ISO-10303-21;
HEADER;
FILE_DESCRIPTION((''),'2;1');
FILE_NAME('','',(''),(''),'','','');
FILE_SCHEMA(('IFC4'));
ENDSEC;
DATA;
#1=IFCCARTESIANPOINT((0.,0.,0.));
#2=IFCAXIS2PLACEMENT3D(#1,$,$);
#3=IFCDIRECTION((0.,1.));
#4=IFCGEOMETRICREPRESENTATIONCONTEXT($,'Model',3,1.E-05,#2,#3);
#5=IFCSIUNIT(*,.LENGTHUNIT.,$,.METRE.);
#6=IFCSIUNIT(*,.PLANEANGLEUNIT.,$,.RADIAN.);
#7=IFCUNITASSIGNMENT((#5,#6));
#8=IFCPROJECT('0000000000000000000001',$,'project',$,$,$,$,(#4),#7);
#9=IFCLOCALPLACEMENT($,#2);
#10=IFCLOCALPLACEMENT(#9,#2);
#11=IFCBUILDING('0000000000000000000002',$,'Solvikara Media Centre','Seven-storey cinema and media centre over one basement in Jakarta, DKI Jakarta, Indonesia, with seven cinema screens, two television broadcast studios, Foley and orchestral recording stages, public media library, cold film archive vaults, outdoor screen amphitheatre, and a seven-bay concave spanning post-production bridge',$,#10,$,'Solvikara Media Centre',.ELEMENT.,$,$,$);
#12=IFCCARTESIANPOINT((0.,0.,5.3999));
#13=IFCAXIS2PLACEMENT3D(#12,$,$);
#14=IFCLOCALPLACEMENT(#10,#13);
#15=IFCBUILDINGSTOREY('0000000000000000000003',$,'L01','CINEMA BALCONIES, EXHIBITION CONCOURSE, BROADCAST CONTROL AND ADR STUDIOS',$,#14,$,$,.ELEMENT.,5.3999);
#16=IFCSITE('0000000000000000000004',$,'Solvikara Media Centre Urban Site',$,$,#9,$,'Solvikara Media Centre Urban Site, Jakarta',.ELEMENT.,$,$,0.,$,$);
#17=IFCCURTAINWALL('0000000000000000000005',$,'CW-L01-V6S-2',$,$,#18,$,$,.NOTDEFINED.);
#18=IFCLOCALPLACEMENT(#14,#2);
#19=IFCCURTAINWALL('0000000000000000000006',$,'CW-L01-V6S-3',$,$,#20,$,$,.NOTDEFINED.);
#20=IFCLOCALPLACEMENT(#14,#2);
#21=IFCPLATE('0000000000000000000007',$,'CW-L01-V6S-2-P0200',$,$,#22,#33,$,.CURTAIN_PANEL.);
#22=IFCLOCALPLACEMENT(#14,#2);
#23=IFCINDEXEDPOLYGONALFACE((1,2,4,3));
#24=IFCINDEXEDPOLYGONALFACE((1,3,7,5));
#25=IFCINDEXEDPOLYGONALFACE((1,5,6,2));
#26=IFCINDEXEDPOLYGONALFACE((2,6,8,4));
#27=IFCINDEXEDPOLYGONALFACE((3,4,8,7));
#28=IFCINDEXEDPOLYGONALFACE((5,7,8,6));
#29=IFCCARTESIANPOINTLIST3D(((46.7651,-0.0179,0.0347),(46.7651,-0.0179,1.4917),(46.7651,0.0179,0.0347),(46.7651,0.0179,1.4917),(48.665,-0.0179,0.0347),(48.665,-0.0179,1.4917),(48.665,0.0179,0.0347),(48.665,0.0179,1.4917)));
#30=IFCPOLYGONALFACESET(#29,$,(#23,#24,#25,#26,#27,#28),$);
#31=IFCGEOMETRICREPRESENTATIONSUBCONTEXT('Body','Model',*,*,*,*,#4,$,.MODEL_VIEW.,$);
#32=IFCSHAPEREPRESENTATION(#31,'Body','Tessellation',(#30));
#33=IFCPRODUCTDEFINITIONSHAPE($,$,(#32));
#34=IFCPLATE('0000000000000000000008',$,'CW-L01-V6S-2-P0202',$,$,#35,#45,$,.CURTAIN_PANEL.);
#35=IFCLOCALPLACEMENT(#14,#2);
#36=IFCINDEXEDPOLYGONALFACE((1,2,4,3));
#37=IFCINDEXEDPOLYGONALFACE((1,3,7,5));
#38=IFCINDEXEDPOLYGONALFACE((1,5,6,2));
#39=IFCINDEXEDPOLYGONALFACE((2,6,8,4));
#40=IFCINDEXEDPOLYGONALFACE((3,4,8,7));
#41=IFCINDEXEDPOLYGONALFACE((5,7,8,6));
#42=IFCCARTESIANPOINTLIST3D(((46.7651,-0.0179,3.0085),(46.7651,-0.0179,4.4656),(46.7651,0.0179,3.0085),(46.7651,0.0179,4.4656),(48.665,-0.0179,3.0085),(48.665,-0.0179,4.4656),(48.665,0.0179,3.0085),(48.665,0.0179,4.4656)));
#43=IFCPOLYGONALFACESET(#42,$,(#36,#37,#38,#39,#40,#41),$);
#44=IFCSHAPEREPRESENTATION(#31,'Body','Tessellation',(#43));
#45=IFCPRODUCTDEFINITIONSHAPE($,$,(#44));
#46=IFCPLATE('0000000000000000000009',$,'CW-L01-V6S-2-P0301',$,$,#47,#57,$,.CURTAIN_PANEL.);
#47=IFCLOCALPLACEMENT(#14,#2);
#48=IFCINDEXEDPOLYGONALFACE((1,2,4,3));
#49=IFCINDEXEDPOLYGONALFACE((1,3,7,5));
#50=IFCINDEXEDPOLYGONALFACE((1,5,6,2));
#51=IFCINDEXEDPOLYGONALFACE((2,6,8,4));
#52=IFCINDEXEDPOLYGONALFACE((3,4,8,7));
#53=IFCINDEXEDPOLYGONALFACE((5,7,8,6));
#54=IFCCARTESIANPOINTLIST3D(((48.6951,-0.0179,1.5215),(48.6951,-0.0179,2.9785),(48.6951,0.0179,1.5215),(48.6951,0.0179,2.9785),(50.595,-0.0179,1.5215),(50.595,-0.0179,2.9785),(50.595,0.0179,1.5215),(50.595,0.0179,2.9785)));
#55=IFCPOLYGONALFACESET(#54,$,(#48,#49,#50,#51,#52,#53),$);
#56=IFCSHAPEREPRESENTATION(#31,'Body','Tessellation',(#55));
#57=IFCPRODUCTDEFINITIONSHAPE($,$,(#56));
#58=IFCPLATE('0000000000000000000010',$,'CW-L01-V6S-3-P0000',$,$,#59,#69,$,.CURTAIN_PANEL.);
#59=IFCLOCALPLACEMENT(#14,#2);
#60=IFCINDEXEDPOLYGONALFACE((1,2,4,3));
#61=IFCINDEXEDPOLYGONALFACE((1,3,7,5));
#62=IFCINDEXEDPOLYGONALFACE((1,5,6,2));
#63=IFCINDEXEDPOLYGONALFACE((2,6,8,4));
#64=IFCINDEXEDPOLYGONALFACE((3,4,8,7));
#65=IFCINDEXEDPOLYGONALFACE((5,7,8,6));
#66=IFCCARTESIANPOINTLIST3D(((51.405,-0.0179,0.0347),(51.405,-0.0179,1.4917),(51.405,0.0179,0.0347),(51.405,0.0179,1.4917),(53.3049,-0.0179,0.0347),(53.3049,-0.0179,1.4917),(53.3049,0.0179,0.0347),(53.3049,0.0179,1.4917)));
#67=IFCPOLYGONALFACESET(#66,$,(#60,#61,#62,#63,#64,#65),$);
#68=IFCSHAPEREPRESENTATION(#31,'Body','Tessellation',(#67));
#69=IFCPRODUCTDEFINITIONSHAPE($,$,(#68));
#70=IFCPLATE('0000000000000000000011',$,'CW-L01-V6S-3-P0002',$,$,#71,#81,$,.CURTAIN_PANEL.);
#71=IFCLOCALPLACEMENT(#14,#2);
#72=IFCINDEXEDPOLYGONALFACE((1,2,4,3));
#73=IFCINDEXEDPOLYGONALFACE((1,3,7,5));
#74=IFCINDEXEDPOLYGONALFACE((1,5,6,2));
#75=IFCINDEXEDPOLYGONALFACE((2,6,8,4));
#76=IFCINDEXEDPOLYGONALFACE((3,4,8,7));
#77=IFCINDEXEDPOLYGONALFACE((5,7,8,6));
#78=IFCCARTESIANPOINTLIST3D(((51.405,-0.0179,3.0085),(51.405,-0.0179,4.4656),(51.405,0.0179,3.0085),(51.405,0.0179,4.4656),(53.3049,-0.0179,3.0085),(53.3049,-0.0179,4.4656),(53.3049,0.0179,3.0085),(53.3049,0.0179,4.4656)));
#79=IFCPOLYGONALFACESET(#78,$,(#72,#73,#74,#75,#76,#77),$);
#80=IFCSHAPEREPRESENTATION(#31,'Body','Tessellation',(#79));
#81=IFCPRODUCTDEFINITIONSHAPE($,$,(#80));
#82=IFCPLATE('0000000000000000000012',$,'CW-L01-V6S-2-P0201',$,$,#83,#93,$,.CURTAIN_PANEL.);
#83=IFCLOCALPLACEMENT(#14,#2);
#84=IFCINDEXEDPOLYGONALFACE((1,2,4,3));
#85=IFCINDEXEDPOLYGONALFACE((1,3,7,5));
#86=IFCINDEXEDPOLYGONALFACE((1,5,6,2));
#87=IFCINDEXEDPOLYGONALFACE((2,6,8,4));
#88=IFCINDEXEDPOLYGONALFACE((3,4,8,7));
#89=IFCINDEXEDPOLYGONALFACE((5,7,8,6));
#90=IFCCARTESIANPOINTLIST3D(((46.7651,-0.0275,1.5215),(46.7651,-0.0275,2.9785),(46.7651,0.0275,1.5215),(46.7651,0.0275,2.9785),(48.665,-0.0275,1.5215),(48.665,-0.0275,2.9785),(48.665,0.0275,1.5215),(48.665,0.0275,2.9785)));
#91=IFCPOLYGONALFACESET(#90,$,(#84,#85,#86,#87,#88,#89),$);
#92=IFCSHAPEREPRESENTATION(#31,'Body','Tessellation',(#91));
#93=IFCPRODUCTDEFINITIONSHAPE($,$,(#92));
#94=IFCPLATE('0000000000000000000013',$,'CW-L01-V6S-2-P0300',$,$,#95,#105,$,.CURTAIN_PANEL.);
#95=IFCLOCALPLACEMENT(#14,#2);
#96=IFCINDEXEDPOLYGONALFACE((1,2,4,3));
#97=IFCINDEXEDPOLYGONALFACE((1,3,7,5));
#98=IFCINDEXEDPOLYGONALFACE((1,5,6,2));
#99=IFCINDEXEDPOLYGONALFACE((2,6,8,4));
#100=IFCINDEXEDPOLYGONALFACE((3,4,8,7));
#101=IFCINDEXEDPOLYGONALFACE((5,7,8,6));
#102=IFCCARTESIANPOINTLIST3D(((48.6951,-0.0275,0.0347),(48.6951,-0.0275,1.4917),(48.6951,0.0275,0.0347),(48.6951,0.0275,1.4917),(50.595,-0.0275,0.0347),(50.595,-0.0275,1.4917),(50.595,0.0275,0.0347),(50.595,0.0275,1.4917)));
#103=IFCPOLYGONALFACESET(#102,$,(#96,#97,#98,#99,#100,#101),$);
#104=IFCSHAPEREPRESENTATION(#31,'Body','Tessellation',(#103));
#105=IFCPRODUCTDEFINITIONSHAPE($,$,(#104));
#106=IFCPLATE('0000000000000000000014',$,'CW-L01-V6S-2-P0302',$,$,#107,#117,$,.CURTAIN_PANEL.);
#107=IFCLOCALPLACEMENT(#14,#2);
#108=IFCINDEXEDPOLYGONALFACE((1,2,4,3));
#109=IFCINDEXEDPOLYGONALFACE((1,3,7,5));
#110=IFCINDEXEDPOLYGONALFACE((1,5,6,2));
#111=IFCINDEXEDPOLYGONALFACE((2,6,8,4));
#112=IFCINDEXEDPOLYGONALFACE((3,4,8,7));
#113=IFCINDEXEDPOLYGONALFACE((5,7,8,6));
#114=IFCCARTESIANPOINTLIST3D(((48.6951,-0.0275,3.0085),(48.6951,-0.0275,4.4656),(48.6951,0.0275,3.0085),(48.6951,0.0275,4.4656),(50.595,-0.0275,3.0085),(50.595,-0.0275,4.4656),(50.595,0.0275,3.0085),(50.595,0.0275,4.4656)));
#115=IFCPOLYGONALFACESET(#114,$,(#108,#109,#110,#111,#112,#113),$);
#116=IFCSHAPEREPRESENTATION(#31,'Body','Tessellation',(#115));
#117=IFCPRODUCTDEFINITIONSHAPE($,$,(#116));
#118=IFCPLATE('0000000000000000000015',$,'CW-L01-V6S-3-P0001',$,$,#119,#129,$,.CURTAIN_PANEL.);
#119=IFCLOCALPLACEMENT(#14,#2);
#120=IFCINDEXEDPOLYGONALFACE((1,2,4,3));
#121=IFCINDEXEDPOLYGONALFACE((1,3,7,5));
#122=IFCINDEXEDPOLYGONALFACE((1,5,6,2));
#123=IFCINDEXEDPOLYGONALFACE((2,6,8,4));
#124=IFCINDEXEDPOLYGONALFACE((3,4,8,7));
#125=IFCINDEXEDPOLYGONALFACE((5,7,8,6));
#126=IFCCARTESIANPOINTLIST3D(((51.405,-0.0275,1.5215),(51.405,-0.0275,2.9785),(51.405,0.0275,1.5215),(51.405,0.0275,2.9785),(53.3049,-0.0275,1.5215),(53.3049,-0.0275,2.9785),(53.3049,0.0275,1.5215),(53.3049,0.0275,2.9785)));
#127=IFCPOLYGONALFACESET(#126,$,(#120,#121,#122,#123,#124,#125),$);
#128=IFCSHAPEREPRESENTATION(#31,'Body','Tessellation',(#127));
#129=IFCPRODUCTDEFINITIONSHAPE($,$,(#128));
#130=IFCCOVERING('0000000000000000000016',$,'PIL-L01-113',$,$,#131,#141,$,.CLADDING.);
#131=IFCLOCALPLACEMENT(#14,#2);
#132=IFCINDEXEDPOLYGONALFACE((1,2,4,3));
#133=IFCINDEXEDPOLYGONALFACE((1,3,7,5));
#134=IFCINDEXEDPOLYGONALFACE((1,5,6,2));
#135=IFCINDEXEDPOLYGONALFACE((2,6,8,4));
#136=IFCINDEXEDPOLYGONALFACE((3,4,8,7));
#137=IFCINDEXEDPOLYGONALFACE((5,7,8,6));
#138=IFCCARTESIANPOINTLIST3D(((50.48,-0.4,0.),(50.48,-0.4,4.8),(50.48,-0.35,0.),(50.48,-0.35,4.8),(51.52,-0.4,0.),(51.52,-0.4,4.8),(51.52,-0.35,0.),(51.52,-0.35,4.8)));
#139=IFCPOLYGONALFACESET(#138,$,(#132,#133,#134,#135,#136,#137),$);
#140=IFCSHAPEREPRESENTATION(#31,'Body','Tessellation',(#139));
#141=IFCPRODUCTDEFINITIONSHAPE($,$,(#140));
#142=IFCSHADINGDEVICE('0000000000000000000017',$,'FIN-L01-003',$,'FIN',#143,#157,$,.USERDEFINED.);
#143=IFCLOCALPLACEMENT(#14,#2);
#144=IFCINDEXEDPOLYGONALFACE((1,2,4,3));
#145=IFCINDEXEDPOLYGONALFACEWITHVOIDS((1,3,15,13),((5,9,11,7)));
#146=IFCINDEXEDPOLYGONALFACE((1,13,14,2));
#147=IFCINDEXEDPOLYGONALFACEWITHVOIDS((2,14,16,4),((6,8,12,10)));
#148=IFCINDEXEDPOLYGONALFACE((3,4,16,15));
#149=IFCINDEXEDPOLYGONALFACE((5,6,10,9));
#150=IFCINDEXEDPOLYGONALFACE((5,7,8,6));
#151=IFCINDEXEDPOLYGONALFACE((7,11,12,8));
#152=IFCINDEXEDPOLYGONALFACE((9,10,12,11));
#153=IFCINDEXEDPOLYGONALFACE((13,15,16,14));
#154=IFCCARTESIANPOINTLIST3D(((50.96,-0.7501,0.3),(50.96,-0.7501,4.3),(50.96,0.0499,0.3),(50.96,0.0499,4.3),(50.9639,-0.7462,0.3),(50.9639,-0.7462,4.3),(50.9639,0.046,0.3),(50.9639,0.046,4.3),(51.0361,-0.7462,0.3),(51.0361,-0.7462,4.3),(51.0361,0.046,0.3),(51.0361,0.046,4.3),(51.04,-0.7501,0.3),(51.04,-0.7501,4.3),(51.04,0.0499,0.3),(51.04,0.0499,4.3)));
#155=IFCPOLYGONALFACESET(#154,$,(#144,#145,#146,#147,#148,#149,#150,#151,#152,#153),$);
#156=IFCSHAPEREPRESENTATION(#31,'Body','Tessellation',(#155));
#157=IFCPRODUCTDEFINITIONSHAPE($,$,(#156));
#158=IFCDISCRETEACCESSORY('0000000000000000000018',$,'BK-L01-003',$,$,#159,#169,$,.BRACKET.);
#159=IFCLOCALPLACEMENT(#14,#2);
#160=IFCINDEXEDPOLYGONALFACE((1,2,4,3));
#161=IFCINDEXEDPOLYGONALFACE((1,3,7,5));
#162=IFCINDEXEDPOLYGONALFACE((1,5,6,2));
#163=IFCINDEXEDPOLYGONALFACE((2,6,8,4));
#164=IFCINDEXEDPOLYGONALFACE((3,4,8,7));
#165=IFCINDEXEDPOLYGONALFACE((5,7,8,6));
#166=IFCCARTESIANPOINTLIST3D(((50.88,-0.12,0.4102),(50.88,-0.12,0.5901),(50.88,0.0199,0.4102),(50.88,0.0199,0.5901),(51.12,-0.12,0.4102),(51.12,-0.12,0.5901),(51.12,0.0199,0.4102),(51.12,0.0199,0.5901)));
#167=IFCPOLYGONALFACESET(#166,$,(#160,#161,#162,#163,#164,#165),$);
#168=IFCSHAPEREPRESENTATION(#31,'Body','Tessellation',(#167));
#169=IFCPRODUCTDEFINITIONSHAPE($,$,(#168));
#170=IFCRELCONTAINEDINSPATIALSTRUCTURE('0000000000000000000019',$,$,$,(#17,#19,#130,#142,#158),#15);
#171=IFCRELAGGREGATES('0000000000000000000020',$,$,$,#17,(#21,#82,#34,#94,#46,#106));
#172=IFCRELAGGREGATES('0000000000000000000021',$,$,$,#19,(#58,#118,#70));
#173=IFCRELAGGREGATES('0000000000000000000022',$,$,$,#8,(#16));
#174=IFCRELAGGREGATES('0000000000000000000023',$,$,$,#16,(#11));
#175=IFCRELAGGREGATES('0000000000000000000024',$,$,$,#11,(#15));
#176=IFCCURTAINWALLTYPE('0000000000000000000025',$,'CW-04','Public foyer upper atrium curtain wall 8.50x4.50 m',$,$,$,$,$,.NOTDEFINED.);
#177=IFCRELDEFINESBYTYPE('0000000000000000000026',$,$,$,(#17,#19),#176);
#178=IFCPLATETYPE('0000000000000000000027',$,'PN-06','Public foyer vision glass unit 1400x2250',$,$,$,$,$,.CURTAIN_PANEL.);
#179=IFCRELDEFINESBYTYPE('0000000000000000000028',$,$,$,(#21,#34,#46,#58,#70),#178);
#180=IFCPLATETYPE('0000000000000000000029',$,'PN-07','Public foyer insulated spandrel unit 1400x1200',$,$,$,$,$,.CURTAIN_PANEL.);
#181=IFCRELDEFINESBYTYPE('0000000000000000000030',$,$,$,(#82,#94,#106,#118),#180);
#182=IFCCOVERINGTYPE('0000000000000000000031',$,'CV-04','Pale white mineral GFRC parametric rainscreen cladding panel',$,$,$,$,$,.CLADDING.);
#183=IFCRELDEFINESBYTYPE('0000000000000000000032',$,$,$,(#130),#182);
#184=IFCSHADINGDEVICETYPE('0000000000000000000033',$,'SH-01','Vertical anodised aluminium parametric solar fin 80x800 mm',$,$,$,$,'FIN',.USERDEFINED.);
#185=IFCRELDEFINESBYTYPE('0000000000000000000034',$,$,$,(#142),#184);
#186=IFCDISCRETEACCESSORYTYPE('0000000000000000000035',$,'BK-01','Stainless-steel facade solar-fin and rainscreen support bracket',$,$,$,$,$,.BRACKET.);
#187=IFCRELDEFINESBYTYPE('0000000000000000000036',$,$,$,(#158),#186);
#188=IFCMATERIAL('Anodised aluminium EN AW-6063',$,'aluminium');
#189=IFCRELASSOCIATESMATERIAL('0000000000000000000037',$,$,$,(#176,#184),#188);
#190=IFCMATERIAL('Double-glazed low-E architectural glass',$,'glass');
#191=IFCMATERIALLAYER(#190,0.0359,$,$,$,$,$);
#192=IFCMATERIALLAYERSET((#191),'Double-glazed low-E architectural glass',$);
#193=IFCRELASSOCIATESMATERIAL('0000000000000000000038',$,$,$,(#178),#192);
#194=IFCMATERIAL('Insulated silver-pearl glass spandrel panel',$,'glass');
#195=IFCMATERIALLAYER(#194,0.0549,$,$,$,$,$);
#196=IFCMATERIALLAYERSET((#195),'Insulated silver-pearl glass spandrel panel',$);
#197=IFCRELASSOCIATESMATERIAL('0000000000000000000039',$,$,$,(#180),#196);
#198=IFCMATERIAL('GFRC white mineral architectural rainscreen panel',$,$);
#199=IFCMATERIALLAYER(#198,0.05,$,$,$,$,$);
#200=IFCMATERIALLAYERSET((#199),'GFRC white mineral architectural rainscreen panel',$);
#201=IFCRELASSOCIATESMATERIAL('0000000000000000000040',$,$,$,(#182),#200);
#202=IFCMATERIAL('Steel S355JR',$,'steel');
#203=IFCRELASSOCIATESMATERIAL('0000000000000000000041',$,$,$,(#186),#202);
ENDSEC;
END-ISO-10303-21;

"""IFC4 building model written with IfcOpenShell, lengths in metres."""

from ifc_helpers import new_model, si_unit, direction, frame, origin, origin_2d, place, context, subcontext, project, spatial, rectangle, hollow_rectangle, extrude, material, layer, layer_set, material_profile, profile_set, type_object, element, aggregate, save


model = new_model("IFC4")

# Units and contexts
model_context = context("Model", 3, precision=1e-05, world=origin(), true_north=direction((0.0, 1.0)))
body_context = subcontext(model_context, "Body", "Model", "MODEL_VIEW")
ifc_project = project(units=[si_unit("LENGTHUNIT", "METRE"), si_unit("PLANEANGLEUNIT", "RADIAN")], contexts=[model_context])

# Site, building, storey
site_placement = place(None, origin())
site = spatial("IfcSite", under=ifc_project, at=site_placement, Name="Solvikara Media Centre Urban Site", LongName="Solvikara Media Centre Urban Site, Jakarta", CompositionType="ELEMENT", RefElevation=0.0)
building_placement = place(site_placement, origin())
building = spatial("IfcBuilding", under=site, at=building_placement, Name="Solvikara Media Centre", Description="Seven-storey cinema and media centre over one basement in Jakarta, DKI Jakarta, Indonesia, with seven cinema screens, two television broadcast studios, Foley and orchestral recording stages, public media library, cold film archive vaults, outdoor screen amphitheatre, and a seven-bay concave spanning post-production bridge", LongName="Solvikara Media Centre", CompositionType="ELEMENT")
storey_placement = place(building_placement, frame((0.0, 0.0, 5.3999)))
storey = spatial("IfcBuildingStorey", under=building, at=storey_placement, Name="L01", Description="CINEMA BALCONIES, EXHIBITION CONCOURSE, BROADCAST CONTROL AND ADR STUDIOS", CompositionType="ELEMENT", Elevation=5.3999)

# Shared definitions
ifc_material_1 = material(Name="Steel S355JR", Category="steel")

# Curtain walls
ifc_material_2 = material(Name="Anodised aluminium EN AW-6063", Category="aluminium")
curtain_wall_type = type_object("IfcCurtainWallType", Name="CW-04", Description="Public foyer upper atrium curtain wall 8.50x4.50 m", PredefinedType="NOTDEFINED", material=ifc_material_2)
curtain_wall_1_placement = place(storey_placement, origin())
curtain_wall_1 = element("IfcCurtainWall", 1, at=curtain_wall_1_placement, inside=storey, type_object=curtain_wall_type, Name="CW-L01-V6S-2", PredefinedType="NOTDEFINED")
curtain_wall_2_placement = place(storey_placement, origin())
curtain_wall_2 = element("IfcCurtainWall", 2, at=curtain_wall_2_placement, inside=storey, type_object=curtain_wall_type, Name="CW-L01-V6S-3", PredefinedType="NOTDEFINED")

# Plates
ifc_material_3 = material(Name="Double-glazed low-E architectural glass", Category="glass")
ifc_layer_1 = layer(ifc_material_3, 0.0359)
ifc_layer_set_1 = layer_set([ifc_layer_1], Name="Double-glazed low-E architectural glass")
plate_type_1 = type_object("IfcPlateType", Name="PN-06", Description="Public foyer vision glass unit 1400x2250", PredefinedType="CURTAIN_PANEL", material=ifc_layer_set_1)
plate_1_placement = place(storey_placement, frame((47.7151, 0.0, 0.0347), z_axis=(0.0, 0.0, 1.0), x_axis=(1.0, 0.0, 0.0)))
plate_1 = element("IfcPlate", 3, at=plate_1_placement, type_object=plate_type_1, Name="CW-L01-V6S-2-P0200", PredefinedType="CURTAIN_PANEL", context=body_context, shape_type="SweptSolid", body=[
    extrude(rectangle(XDim=1.8999, YDim=0.0359, at=origin_2d()), origin(), (0.0, 0.0, 1.0), 1.457),
])
plate_2_placement = place(storey_placement, frame((47.7151, 0.0, 3.0085), z_axis=(0.0, 0.0, 1.0), x_axis=(1.0, 0.0, 0.0)))
plate_2 = element("IfcPlate", 4, at=plate_2_placement, type_object=plate_type_1, Name="CW-L01-V6S-2-P0202", PredefinedType="CURTAIN_PANEL", context=body_context, shape_type="SweptSolid", body=[
    extrude(rectangle(XDim=1.8999, YDim=0.0359, at=origin_2d()), origin(), (0.0, 0.0, 1.0), 1.457),
])
plate_3_placement = place(storey_placement, frame((49.645, 0.0, 1.5215), z_axis=(0.0, 0.0, 1.0), x_axis=(1.0, 0.0, 0.0)))
plate_3 = element("IfcPlate", 5, at=plate_3_placement, type_object=plate_type_1, Name="CW-L01-V6S-2-P0301", PredefinedType="CURTAIN_PANEL", context=body_context, shape_type="SweptSolid", body=[
    extrude(rectangle(XDim=1.8999, YDim=0.0359, at=origin_2d()), origin(), (0.0, 0.0, 1.0), 1.457),
])
plate_4_placement = place(storey_placement, frame((52.355, 0.0, 0.0347), z_axis=(0.0, 0.0, 1.0), x_axis=(1.0, 0.0, 0.0)))
plate_4 = element("IfcPlate", 6, at=plate_4_placement, type_object=plate_type_1, Name="CW-L01-V6S-3-P0000", PredefinedType="CURTAIN_PANEL", context=body_context, shape_type="SweptSolid", body=[
    extrude(rectangle(XDim=1.8999, YDim=0.0359, at=origin_2d()), origin(), (0.0, 0.0, 1.0), 1.457),
])
plate_5_placement = place(storey_placement, frame((52.355, 0.0, 3.0085), z_axis=(0.0, 0.0, 1.0), x_axis=(1.0, 0.0, 0.0)))
plate_5 = element("IfcPlate", 7, at=plate_5_placement, type_object=plate_type_1, Name="CW-L01-V6S-3-P0002", PredefinedType="CURTAIN_PANEL", context=body_context, shape_type="SweptSolid", body=[
    extrude(rectangle(XDim=1.8999, YDim=0.0359, at=origin_2d()), origin(), (0.0, 0.0, 1.0), 1.457),
])
ifc_material_4 = material(Name="Insulated silver-pearl glass spandrel panel", Category="glass")
ifc_layer_2 = layer(ifc_material_4, 0.0549)
ifc_layer_set_2 = layer_set([ifc_layer_2], Name="Insulated silver-pearl glass spandrel panel")
plate_type_2 = type_object("IfcPlateType", Name="PN-07", Description="Public foyer insulated spandrel unit 1400x1200", PredefinedType="CURTAIN_PANEL", material=ifc_layer_set_2)
plate_6_placement = place(storey_placement, frame((47.7151, 0.0, 1.5215), z_axis=(0.0, 0.0, 1.0), x_axis=(1.0, 0.0, 0.0)))
plate_6 = element("IfcPlate", 8, at=plate_6_placement, type_object=plate_type_2, Name="CW-L01-V6S-2-P0201", PredefinedType="CURTAIN_PANEL", context=body_context, shape_type="SweptSolid", body=[
    extrude(rectangle(XDim=1.8999, YDim=0.0549, at=origin_2d()), origin(), (0.0, 0.0, 1.0), 1.457),
])
plate_7_placement = place(storey_placement, frame((49.645, 0.0, 0.0347), z_axis=(0.0, 0.0, 1.0), x_axis=(1.0, 0.0, 0.0)))
plate_7 = element("IfcPlate", 9, at=plate_7_placement, type_object=plate_type_2, Name="CW-L01-V6S-2-P0300", PredefinedType="CURTAIN_PANEL", context=body_context, shape_type="SweptSolid", body=[
    extrude(rectangle(XDim=1.8999, YDim=0.0549, at=origin_2d()), origin(), (0.0, 0.0, 1.0), 1.457),
])
plate_8_placement = place(storey_placement, frame((49.645, 0.0, 3.0085), z_axis=(0.0, 0.0, 1.0), x_axis=(1.0, 0.0, 0.0)))
plate_8 = element("IfcPlate", 10, at=plate_8_placement, type_object=plate_type_2, Name="CW-L01-V6S-2-P0302", PredefinedType="CURTAIN_PANEL", context=body_context, shape_type="SweptSolid", body=[
    extrude(rectangle(XDim=1.8999, YDim=0.0549, at=origin_2d()), origin(), (0.0, 0.0, 1.0), 1.457),
])
aggregate(curtain_wall_1, [plate_1, plate_6, plate_2, plate_7, plate_3, plate_8])
plate_9_placement = place(storey_placement, frame((52.355, 0.0, 1.5215), z_axis=(0.0, 0.0, 1.0), x_axis=(1.0, 0.0, 0.0)))
plate_9 = element("IfcPlate", 11, at=plate_9_placement, type_object=plate_type_2, Name="CW-L01-V6S-3-P0001", PredefinedType="CURTAIN_PANEL", context=body_context, shape_type="SweptSolid", body=[
    extrude(rectangle(XDim=1.8999, YDim=0.0549, at=origin_2d()), origin(), (0.0, 0.0, 1.0), 1.457),
])
aggregate(curtain_wall_2, [plate_4, plate_9, plate_5])

# Covering
ifc_material_5 = material(Name="GFRC white mineral architectural rainscreen panel")
ifc_layer_3 = layer(ifc_material_5, 0.05)
ifc_layer_set_3 = layer_set([ifc_layer_3], Name="GFRC white mineral architectural rainscreen panel")
covering_type = type_object("IfcCoveringType", Name="CV-04", Description="Pale white mineral GFRC parametric rainscreen cladding panel", PredefinedType="CLADDING", material=ifc_layer_set_3)
covering_placement = place(storey_placement, frame((51.0, -0.375, 0.0), z_axis=(0.0, 0.0, 1.0), x_axis=(1.0, 0.0, 0.0)))
element("IfcCovering", 12, at=covering_placement, inside=storey, type_object=covering_type, Name="PIL-L01-113", PredefinedType="CLADDING", context=body_context, shape_type="SweptSolid", body=[
    extrude(rectangle(XDim=1.04, YDim=0.05, at=origin_2d()), origin(), (0.0, 0.0, 1.0), 4.8),
])

# Shading device
ifc_material_profile_1 = material_profile(ifc_material_2, hollow_rectangle(XDim=0.0801, YDim=0.8, WallThickness=0.0039, at=origin_2d()), Name="ALU-FIN 80x800x4")
ifc_profile_set_1 = profile_set([ifc_material_profile_1], Name="Anodised aluminium EN AW-6063")
shading_device_type = type_object("IfcShadingDeviceType", Name="SH-01", Description="Vertical anodised aluminium parametric solar fin 80x800 mm", ElementType="FIN", PredefinedType="USERDEFINED", material=ifc_profile_set_1)
shading_device_placement = place(storey_placement, frame((51.0, -0.3501, 0.3), z_axis=(0.0, 0.0, 1.0), x_axis=(1.0, 0.0, 0.0)))
element("IfcShadingDevice", 13, at=shading_device_placement, inside=storey, type_object=shading_device_type, Name="FIN-L01-003", ObjectType="FIN", PredefinedType="USERDEFINED", context=body_context, shape_type="SweptSolid", body=[
    extrude(hollow_rectangle(XDim=0.0801, YDim=0.8, WallThickness=0.0039, at=origin_2d()), origin(), (0.0, 0.0, 1.0), 4.0),
])

# Discrete accessory
discrete_accessory_type = type_object("IfcDiscreteAccessoryType", Name="BK-01", Description="Stainless-steel facade solar-fin and rainscreen support bracket", PredefinedType="BRACKET", material=ifc_material_1)
discrete_accessory_placement = place(storey_placement, frame((51.0, -0.05, 0.4102), z_axis=(0.0, 0.0, 1.0), x_axis=(1.0, 0.0, 0.0)))
element("IfcDiscreteAccessory", 14, at=discrete_accessory_placement, inside=storey, type_object=discrete_accessory_type, Name="BK-L01-003", PredefinedType="BRACKET", context=body_context, shape_type="SweptSolid", body=[
    extrude(rectangle(XDim=0.24, YDim=0.1399, at=origin_2d()), origin(), (0.0, 0.0, 1.0), 0.1799),
])

save(model, "model.ifc")
